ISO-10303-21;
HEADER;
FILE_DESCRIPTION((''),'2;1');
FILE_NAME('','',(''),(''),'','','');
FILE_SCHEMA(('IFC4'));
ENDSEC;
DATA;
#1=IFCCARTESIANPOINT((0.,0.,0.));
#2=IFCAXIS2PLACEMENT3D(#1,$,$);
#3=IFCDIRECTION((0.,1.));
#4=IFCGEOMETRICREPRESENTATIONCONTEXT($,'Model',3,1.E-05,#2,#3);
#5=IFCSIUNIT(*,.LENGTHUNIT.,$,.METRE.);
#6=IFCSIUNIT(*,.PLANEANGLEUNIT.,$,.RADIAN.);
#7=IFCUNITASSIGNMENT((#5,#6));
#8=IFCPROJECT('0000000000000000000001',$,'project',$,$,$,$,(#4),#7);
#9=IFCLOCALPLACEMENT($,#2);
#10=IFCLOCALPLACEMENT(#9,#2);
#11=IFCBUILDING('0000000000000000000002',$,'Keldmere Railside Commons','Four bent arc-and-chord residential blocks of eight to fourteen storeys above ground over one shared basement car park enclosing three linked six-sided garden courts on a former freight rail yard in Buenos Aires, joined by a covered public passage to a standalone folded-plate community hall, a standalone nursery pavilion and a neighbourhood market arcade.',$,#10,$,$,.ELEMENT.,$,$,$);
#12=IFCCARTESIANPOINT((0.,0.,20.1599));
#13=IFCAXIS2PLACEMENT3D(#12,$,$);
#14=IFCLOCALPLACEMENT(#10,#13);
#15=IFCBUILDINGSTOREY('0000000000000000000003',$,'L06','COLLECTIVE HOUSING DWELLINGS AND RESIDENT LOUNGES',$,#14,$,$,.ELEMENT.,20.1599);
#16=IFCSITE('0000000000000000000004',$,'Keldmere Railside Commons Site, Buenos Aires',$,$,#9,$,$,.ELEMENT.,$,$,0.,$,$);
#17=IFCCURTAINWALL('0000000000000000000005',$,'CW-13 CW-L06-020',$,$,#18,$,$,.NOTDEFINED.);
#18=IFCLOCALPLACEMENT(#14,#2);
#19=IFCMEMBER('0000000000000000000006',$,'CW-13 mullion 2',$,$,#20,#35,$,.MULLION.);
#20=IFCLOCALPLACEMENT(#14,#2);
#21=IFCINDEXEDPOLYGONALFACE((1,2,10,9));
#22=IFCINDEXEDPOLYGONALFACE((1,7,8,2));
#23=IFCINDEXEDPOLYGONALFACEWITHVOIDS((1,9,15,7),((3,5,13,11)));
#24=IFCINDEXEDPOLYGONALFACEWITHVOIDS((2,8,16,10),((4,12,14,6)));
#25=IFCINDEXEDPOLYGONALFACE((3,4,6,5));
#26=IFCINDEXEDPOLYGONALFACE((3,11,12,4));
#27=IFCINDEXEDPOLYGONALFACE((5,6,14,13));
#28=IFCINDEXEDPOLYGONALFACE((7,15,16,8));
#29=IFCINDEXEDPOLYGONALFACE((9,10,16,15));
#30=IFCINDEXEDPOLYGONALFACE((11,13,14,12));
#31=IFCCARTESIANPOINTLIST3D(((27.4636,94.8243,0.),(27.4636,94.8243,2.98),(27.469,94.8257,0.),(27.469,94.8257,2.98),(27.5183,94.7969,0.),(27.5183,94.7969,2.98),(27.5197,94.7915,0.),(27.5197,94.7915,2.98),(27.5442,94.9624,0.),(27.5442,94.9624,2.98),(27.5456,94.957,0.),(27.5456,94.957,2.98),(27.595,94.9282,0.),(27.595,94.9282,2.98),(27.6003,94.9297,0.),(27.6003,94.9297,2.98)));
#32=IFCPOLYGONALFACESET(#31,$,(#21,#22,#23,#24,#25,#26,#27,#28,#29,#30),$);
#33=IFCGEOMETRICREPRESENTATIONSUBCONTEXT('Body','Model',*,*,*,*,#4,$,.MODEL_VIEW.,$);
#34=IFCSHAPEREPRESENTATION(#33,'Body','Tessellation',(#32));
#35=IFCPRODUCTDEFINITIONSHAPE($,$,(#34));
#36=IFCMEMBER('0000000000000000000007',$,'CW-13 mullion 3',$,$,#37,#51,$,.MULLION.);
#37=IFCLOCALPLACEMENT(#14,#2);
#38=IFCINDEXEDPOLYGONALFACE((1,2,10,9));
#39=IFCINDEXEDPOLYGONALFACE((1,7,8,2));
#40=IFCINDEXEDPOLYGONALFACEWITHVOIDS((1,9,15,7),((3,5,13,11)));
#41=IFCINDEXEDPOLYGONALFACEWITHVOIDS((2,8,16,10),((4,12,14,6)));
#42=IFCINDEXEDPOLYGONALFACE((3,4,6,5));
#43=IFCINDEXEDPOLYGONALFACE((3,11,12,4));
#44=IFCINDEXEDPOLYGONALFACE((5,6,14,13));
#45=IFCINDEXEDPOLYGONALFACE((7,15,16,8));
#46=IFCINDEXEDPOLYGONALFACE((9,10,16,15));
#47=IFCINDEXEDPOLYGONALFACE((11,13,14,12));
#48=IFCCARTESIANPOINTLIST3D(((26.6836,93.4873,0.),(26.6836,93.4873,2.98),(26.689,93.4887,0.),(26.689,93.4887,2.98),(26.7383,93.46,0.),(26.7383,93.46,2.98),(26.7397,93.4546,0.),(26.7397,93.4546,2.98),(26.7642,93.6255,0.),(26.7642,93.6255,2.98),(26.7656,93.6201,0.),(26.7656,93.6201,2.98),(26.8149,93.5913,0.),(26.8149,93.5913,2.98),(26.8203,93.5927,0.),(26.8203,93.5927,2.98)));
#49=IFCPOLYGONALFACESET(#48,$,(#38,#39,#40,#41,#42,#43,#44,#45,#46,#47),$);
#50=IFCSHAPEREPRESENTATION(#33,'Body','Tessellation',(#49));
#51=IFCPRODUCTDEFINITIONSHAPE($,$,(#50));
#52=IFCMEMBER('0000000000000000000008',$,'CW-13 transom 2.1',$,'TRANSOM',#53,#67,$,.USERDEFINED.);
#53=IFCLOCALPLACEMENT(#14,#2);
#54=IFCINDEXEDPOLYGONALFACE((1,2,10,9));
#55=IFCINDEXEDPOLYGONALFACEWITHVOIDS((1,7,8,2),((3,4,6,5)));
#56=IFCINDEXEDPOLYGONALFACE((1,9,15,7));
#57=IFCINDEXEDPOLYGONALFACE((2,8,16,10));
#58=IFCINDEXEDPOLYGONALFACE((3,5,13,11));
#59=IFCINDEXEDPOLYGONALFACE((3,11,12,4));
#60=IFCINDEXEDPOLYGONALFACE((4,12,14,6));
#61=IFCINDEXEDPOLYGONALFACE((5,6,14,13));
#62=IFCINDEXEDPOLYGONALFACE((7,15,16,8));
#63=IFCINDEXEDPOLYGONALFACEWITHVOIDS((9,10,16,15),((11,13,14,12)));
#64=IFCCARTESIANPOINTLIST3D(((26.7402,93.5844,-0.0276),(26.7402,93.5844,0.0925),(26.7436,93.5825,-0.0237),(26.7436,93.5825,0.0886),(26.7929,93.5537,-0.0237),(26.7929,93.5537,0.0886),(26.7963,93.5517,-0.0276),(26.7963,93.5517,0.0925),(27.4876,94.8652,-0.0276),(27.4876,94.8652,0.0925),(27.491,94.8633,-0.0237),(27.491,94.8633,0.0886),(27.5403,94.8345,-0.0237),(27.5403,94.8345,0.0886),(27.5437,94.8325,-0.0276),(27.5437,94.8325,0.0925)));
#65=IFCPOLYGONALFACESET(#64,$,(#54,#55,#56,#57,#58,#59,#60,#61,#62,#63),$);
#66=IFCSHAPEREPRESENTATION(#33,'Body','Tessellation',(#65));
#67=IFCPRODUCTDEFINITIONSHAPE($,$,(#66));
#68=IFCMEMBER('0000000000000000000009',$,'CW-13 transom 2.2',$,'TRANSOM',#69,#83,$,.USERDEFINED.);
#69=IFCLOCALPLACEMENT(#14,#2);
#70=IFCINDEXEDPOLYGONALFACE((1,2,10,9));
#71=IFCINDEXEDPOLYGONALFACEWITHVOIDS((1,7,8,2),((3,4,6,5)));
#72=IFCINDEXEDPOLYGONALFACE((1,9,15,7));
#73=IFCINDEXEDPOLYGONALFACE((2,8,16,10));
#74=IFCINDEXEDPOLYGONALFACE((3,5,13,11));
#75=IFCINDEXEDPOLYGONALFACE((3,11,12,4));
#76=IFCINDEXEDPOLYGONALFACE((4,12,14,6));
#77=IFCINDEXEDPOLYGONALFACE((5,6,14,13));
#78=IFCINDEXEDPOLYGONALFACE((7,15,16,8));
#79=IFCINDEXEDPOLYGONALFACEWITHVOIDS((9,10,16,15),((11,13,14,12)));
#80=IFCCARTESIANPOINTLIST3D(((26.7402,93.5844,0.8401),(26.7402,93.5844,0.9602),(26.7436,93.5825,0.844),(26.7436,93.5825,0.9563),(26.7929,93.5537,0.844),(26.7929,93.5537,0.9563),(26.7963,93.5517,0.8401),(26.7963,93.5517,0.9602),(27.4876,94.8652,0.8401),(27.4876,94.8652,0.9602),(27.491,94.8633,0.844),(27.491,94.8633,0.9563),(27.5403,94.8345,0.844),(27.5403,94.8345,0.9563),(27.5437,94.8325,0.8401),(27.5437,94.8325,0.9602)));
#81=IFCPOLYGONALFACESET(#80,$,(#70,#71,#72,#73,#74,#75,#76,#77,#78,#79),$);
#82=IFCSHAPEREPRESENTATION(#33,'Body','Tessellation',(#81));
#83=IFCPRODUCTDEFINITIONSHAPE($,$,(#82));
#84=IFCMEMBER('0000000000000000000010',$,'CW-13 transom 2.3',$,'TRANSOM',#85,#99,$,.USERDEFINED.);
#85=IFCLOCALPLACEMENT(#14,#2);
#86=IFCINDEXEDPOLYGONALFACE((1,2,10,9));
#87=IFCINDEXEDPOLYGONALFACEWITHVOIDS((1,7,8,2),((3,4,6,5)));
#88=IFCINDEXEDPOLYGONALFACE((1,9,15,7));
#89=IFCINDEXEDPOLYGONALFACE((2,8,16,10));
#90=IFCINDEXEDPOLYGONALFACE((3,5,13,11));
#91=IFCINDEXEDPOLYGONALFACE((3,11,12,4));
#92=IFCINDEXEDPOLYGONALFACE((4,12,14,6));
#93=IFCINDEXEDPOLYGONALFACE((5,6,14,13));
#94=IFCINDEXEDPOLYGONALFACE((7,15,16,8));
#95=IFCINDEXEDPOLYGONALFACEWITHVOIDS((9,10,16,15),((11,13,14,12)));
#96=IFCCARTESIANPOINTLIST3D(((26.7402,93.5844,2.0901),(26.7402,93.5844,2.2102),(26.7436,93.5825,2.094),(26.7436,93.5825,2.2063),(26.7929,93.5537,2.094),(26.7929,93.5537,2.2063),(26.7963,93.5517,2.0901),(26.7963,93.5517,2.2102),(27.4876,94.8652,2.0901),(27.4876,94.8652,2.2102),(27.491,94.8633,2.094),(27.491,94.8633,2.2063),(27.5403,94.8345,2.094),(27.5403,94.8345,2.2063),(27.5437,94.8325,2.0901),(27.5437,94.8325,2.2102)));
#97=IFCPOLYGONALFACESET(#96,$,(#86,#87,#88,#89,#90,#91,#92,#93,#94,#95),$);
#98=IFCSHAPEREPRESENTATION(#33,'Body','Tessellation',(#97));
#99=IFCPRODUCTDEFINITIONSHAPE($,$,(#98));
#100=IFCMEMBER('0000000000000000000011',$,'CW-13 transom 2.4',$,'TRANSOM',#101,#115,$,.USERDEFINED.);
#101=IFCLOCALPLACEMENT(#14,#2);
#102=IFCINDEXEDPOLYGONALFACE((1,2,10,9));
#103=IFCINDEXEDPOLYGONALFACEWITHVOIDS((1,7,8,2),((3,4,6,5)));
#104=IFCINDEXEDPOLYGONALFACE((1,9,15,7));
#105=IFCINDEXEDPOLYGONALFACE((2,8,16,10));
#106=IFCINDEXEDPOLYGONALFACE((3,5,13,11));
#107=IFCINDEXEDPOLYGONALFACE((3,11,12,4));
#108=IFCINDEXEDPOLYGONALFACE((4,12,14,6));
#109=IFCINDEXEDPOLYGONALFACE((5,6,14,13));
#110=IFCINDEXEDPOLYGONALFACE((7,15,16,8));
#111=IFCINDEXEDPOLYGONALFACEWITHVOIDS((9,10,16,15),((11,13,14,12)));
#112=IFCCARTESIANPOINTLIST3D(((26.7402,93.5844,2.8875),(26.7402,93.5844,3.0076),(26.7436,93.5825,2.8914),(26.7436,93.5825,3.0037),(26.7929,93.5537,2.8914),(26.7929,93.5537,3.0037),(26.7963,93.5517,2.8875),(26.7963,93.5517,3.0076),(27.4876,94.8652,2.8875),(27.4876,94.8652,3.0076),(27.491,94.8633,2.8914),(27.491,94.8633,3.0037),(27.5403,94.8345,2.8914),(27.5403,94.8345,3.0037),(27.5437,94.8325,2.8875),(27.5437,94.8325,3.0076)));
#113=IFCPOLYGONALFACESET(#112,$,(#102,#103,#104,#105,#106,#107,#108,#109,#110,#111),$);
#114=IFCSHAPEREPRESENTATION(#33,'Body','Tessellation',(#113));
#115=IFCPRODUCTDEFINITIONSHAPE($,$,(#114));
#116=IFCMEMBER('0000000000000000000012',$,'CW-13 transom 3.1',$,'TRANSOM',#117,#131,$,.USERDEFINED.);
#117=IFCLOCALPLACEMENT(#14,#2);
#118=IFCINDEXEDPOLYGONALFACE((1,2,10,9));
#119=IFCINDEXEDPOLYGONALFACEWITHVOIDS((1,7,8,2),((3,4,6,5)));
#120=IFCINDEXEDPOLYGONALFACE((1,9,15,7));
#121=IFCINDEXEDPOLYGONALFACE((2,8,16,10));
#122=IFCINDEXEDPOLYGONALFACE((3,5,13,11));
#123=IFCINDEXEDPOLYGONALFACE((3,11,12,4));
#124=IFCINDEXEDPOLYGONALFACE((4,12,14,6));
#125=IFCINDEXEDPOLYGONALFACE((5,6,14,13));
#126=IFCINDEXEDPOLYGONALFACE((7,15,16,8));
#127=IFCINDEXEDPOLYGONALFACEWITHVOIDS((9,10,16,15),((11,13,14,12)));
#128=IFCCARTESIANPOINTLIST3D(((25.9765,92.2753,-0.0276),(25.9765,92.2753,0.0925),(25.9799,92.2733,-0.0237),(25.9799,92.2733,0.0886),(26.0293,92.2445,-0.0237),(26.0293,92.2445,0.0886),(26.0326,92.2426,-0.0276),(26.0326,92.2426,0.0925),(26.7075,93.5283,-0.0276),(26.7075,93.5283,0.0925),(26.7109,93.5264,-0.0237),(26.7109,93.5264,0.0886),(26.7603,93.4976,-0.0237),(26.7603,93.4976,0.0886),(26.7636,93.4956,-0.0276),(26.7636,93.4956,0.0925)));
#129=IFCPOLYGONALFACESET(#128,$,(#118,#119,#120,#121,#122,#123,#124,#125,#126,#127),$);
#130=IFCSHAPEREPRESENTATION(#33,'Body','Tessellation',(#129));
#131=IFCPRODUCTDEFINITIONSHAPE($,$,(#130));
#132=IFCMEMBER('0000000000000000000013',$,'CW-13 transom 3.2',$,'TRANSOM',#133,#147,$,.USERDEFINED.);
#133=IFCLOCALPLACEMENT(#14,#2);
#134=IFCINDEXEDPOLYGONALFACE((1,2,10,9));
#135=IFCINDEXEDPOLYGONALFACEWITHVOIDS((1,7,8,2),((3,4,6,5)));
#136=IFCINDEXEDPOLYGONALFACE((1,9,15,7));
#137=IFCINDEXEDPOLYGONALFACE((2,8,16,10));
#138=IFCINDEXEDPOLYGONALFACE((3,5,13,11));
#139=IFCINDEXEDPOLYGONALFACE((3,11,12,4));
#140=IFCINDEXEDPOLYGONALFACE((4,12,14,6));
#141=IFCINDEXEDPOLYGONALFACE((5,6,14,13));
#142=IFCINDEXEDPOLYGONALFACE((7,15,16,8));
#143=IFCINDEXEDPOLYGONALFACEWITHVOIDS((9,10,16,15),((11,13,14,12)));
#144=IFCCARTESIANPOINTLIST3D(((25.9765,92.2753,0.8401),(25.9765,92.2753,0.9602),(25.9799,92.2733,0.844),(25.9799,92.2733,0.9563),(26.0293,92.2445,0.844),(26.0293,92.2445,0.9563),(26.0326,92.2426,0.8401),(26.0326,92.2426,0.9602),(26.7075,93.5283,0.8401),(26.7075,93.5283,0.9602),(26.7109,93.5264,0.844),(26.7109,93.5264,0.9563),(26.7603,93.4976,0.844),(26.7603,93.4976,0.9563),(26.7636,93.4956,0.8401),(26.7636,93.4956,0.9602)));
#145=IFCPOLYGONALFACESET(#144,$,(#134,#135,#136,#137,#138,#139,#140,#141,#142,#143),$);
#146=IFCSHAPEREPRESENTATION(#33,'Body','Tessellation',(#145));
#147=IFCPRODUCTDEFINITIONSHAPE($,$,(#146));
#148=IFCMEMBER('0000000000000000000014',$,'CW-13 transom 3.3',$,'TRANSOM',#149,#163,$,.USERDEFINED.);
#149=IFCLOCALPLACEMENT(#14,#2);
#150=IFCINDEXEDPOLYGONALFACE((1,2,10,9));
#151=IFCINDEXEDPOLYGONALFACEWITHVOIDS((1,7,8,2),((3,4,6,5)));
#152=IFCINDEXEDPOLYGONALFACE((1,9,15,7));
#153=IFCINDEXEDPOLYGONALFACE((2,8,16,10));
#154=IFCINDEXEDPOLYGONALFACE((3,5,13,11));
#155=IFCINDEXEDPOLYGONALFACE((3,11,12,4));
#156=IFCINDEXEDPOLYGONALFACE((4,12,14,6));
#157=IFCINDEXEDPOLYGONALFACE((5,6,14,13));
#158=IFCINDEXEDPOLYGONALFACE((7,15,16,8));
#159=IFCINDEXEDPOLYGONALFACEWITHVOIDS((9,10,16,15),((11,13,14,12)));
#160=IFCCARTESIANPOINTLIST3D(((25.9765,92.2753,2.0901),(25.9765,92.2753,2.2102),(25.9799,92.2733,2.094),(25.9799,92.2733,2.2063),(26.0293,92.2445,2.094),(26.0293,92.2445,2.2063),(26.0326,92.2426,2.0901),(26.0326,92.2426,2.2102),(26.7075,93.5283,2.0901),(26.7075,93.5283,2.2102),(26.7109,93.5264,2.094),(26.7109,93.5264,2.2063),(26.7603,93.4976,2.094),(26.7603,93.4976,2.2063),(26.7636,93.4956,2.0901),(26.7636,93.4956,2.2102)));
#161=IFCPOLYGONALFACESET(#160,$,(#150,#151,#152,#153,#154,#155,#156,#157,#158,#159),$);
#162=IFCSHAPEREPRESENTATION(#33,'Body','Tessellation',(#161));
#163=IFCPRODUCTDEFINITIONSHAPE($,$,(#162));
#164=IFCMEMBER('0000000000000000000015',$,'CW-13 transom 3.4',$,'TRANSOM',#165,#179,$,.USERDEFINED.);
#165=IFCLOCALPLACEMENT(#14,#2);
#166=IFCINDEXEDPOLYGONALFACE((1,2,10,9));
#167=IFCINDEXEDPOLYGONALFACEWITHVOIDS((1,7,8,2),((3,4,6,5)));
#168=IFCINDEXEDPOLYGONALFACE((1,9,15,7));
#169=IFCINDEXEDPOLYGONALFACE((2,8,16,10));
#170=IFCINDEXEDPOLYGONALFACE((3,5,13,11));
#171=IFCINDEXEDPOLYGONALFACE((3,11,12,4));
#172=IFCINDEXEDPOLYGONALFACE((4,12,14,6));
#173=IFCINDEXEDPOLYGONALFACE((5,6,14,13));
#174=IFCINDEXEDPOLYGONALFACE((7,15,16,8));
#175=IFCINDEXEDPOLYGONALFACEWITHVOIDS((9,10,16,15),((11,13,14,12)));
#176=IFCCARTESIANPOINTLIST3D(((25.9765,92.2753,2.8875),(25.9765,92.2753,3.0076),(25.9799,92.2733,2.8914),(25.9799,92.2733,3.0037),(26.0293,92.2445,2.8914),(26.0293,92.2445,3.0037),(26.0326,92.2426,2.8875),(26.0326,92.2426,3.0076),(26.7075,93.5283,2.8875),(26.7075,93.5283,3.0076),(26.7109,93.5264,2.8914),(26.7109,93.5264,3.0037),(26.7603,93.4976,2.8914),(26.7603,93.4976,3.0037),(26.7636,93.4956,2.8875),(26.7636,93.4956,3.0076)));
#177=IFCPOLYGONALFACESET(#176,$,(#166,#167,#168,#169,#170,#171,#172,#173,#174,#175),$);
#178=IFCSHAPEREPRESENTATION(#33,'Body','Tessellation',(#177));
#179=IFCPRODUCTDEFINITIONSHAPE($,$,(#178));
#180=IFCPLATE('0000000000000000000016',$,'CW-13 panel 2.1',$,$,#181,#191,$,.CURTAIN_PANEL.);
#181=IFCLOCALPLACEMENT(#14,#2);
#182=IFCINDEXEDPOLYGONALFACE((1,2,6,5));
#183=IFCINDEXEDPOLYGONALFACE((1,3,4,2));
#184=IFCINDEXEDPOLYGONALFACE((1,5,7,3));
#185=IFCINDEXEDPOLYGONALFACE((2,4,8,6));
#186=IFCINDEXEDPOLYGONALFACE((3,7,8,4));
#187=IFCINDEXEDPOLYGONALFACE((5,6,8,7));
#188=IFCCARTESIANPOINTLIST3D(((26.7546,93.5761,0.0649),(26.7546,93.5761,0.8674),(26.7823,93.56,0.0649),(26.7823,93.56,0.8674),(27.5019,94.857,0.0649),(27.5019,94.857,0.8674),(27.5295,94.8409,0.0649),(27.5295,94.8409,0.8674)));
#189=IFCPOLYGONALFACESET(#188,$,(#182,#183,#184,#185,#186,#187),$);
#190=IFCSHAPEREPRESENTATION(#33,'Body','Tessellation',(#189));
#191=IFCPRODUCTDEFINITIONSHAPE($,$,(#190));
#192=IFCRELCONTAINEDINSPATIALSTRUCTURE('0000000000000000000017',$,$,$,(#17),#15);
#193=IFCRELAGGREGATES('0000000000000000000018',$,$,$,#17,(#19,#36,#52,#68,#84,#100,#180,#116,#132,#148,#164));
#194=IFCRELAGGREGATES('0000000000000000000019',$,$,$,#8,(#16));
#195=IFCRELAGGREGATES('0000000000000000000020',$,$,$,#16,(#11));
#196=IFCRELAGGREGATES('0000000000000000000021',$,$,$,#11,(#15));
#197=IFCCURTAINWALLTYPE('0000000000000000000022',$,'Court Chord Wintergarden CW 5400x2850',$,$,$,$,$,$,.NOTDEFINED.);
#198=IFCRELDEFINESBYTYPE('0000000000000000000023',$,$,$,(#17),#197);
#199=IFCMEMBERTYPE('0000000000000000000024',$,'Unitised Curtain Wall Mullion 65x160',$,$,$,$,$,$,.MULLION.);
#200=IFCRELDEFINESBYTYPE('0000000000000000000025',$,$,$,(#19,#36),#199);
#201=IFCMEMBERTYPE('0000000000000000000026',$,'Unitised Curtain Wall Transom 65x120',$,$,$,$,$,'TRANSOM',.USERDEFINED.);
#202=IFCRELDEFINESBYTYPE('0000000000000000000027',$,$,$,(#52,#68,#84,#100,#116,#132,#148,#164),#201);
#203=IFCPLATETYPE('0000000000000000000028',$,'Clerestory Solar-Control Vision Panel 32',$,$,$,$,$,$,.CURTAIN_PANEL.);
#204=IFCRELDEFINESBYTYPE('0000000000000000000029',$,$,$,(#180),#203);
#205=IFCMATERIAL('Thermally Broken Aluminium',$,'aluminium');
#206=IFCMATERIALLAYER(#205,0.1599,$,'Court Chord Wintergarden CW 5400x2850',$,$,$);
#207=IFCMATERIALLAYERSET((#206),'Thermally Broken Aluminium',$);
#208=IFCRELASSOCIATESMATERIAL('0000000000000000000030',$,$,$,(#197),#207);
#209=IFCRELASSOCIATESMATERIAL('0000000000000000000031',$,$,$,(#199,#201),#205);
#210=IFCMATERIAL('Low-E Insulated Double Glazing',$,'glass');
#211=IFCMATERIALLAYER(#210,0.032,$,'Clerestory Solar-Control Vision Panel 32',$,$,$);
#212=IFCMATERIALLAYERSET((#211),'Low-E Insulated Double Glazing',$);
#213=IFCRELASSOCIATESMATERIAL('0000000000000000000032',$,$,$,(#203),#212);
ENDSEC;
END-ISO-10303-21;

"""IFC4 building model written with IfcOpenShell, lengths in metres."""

from ifc_helpers import new_model, si_unit, direction, frame, origin, origin_2d, place, context, subcontext, project, spatial, rectangle, hollow_rectangle, extrude, material, layer, layer_set, material_profile, profile_set, type_object, element, aggregate, save


model = new_model("IFC4")

# Units and contexts
model_context = context("Model", 3, precision=1e-05, world=origin(), true_north=direction((0.0, 1.0)))
body_context = subcontext(model_context, "Body", "Model", "MODEL_VIEW")
ifc_project = project(units=[si_unit("LENGTHUNIT", "METRE"), si_unit("PLANEANGLEUNIT", "RADIAN")], contexts=[model_context])

# Site, building, storey
site_placement = place(None, origin())
site = spatial("IfcSite", under=ifc_project, at=site_placement, Name="Keldmere Railside Commons Site, Buenos Aires", CompositionType="ELEMENT", RefElevation=0.0)
building_placement = place(site_placement, origin())
building = spatial("IfcBuilding", under=site, at=building_placement, Name="Keldmere Railside Commons", Description="Four bent arc-and-chord residential blocks of eight to fourteen storeys above ground over one shared basement car park enclosing three linked six-sided garden courts on a former freight rail yard in Buenos Aires, joined by a covered public passage to a standalone folded-plate community hall, a standalone nursery pavilion and a neighbourhood market arcade.", CompositionType="ELEMENT")
storey_placement = place(building_placement, frame((0.0, 0.0, 20.1599)))
storey = spatial("IfcBuildingStorey", under=building, at=storey_placement, Name="L06", Description="COLLECTIVE HOUSING DWELLINGS AND RESIDENT LOUNGES", CompositionType="ELEMENT", Elevation=20.1599)

# Curtain wall, members, plate
ifc_material_1 = material(Name="Thermally Broken Aluminium", Category="aluminium")
ifc_layer_1 = layer(ifc_material_1, 0.1599, Name="Court Chord Wintergarden CW 5400x2850")
ifc_layer_set_1 = layer_set([ifc_layer_1], Name="Thermally Broken Aluminium")
curtain_wall_type = type_object("IfcCurtainWallType", Name="Court Chord Wintergarden CW 5400x2850", PredefinedType="NOTDEFINED", material=ifc_layer_set_1)
curtain_wall_placement = place(storey_placement, origin())
curtain_wall = element("IfcCurtainWall", 1, at=curtain_wall_placement, inside=storey, type_object=curtain_wall_type, Name="CW-13 CW-L06-020", PredefinedType="NOTDEFINED")
ifc_material_profile_1 = material_profile(ifc_material_1, hollow_rectangle(XDim=0.0649, YDim=0.1599, WallThickness=0.0039, at=origin_2d()), Name="ALU-MULL-65x160")
ifc_profile_set_1 = profile_set([ifc_material_profile_1], Name="Thermally Broken Aluminium")
member_type_1 = type_object("IfcMemberType", Name="Unitised Curtain Wall Mullion 65x160", PredefinedType="MULLION", material=ifc_profile_set_1)
member_1_placement = place(storey_placement, frame((27.532, 94.877, 0.0), z_axis=(0.0, 0.0, 1.0), x_axis=(0.863755, -0.503911, 0.0)))
member_1 = element("IfcMember", 2, at=member_1_placement, type_object=member_type_1, Name="CW-13 mullion 2", PredefinedType="MULLION", context=body_context, shape_type="SweptSolid", body=[
    extrude(hollow_rectangle(XDim=0.0649, YDim=0.1599, WallThickness=0.0039, at=origin_2d()), origin(), (0.0, 0.0, 1.0), 2.98),
])
member_2_placement = place(storey_placement, frame((26.752, 93.54, 0.0), z_axis=(0.0, 0.0, 1.0), x_axis=(0.863755, -0.503911, 0.0)))
member_2 = element("IfcMember", 3, at=member_2_placement, type_object=member_type_1, Name="CW-13 mullion 3", PredefinedType="MULLION", context=body_context, shape_type="SweptSolid", body=[
    extrude(hollow_rectangle(XDim=0.0649, YDim=0.1599, WallThickness=0.0039, at=origin_2d()), origin(), (0.0, 0.0, 1.0), 2.98),
])
ifc_material_profile_2 = material_profile(ifc_material_1, hollow_rectangle(XDim=0.0649, YDim=0.1201, WallThickness=0.0039, at=origin_2d()), Name="ALU-TRAN-65x120")
ifc_profile_set_2 = profile_set([ifc_material_profile_2], Name="Thermally Broken Aluminium")
member_type_2 = type_object("IfcMemberType", Name="Unitised Curtain Wall Transom 65x120", ElementType="TRANSOM", PredefinedType="USERDEFINED", material=ifc_profile_set_2)
member_3_placement = place(storey_placement, frame((27.5156, 94.8489, 0.0325), z_axis=(-0.503973, -0.863719, 0.0), x_axis=(0.863719, -0.503973, 0.0)))
member_3 = element("IfcMember", 4, at=member_3_placement, type_object=member_type_2, Name="CW-13 transom 2.1", ObjectType="TRANSOM", PredefinedType="USERDEFINED", context=body_context, shape_type="SweptSolid", body=[
    extrude(hollow_rectangle(XDim=0.0649, YDim=0.1201, WallThickness=0.0039, at=origin_2d()), origin(), (0.0, 0.0, 1.0), 1.4829),
])
member_4_placement = place(storey_placement, frame((27.5156, 94.8489, 0.9001), z_axis=(-0.503973, -0.863719, 0.0), x_axis=(0.863719, -0.503973, 0.0)))
member_4 = element("IfcMember", 5, at=member_4_placement, type_object=member_type_2, Name="CW-13 transom 2.2", ObjectType="TRANSOM", PredefinedType="USERDEFINED", context=body_context, shape_type="SweptSolid", body=[
    extrude(hollow_rectangle(XDim=0.0649, YDim=0.1201, WallThickness=0.0039, at=origin_2d()), origin(), (0.0, 0.0, 1.0), 1.4829),
])
member_5_placement = place(storey_placement, frame((27.5156, 94.8489, 2.1501), z_axis=(-0.503973, -0.863719, 0.0), x_axis=(0.863719, -0.503973, 0.0)))
member_5 = element("IfcMember", 6, at=member_5_placement, type_object=member_type_2, Name="CW-13 transom 2.3", ObjectType="TRANSOM", PredefinedType="USERDEFINED", context=body_context, shape_type="SweptSolid", body=[
    extrude(hollow_rectangle(XDim=0.0649, YDim=0.1201, WallThickness=0.0039, at=origin_2d()), origin(), (0.0, 0.0, 1.0), 1.4829),
])
member_6_placement = place(storey_placement, frame((27.5156, 94.8489, 2.9475), z_axis=(-0.503973, -0.863719, 0.0), x_axis=(0.863719, -0.503973, 0.0)))
member_6 = element("IfcMember", 7, at=member_6_placement, type_object=member_type_2, Name="CW-13 transom 2.4", ObjectType="TRANSOM", PredefinedType="USERDEFINED", context=body_context, shape_type="SweptSolid", body=[
    extrude(hollow_rectangle(XDim=0.0649, YDim=0.1201, WallThickness=0.0039, at=origin_2d()), origin(), (0.0, 0.0, 1.0), 1.4829),
])
member_7_placement = place(storey_placement, frame((26.7356, 93.512, 0.0325), z_axis=(-0.503913, -0.863754, 0.0), x_axis=(0.863754, -0.503913, 0.0)))
member_7 = element("IfcMember", 8, at=member_7_placement, type_object=member_type_2, Name="CW-13 transom 3.1", ObjectType="TRANSOM", PredefinedType="USERDEFINED", context=body_context, shape_type="SweptSolid", body=[
    extrude(hollow_rectangle(XDim=0.0649, YDim=0.1201, WallThickness=0.0039, at=origin_2d()), origin(), (0.0, 0.0, 1.0), 1.4507),
])
member_8_placement = place(storey_placement, frame((26.7356, 93.512, 0.9001), z_axis=(-0.503913, -0.863754, 0.0), x_axis=(0.863754, -0.503913, 0.0)))
member_8 = element("IfcMember", 9, at=member_8_placement, type_object=member_type_2, Name="CW-13 transom 3.2", ObjectType="TRANSOM", PredefinedType="USERDEFINED", context=body_context, shape_type="SweptSolid", body=[
    extrude(hollow_rectangle(XDim=0.0649, YDim=0.1201, WallThickness=0.0039, at=origin_2d()), origin(), (0.0, 0.0, 1.0), 1.4507),
])
member_9_placement = place(storey_placement, frame((26.7356, 93.512, 2.1501), z_axis=(-0.503913, -0.863754, 0.0), x_axis=(0.863754, -0.503913, 0.0)))
member_9 = element("IfcMember", 10, at=member_9_placement, type_object=member_type_2, Name="CW-13 transom 3.3", ObjectType="TRANSOM", PredefinedType="USERDEFINED", context=body_context, shape_type="SweptSolid", body=[
    extrude(hollow_rectangle(XDim=0.0649, YDim=0.1201, WallThickness=0.0039, at=origin_2d()), origin(), (0.0, 0.0, 1.0), 1.4507),
])
member_10_placement = place(storey_placement, frame((26.7356, 93.512, 2.9475), z_axis=(-0.503913, -0.863754, 0.0), x_axis=(0.863754, -0.503913, 0.0)))
member_10 = element("IfcMember", 11, at=member_10_placement, type_object=member_type_2, Name="CW-13 transom 3.4", ObjectType="TRANSOM", PredefinedType="USERDEFINED", context=body_context, shape_type="SweptSolid", body=[
    extrude(hollow_rectangle(XDim=0.0649, YDim=0.1201, WallThickness=0.0039, at=origin_2d()), origin(), (0.0, 0.0, 1.0), 1.4507),
])
ifc_material_2 = material(Name="Low-E Insulated Double Glazing", Category="glass")
ifc_layer_2 = layer(ifc_material_2, 0.032, Name="Clerestory Solar-Control Vision Panel 32")
ifc_layer_set_2 = layer_set([ifc_layer_2], Name="Low-E Insulated Double Glazing")
plate_type = type_object("IfcPlateType", Name="Clerestory Solar-Control Vision Panel 32", PredefinedType="CURTAIN_PANEL", material=ifc_layer_set_2)
plate_1_placement = place(storey_placement, frame((27.1421, 94.2085, 0.0649), z_axis=(0.0, 0.0, 1.0), x_axis=(-0.503911, -0.863755, 0.0)))
plate_1 = element("IfcPlate", 12, at=plate_1_placement, type_object=plate_type, Name="CW-13 panel 2.1", PredefinedType="CURTAIN_PANEL", context=body_context, shape_type="SweptSolid", body=[
    extrude(rectangle(XDim=1.4829, YDim=0.032, at=origin_2d()), origin(), (0.0, 0.0, 1.0), 0.8025),
])
aggregate(curtain_wall, [member_1, member_2, member_3, member_4, member_5, member_6, plate_1, member_7, member_8, member_9, member_10])

save(model, "model.ifc")
